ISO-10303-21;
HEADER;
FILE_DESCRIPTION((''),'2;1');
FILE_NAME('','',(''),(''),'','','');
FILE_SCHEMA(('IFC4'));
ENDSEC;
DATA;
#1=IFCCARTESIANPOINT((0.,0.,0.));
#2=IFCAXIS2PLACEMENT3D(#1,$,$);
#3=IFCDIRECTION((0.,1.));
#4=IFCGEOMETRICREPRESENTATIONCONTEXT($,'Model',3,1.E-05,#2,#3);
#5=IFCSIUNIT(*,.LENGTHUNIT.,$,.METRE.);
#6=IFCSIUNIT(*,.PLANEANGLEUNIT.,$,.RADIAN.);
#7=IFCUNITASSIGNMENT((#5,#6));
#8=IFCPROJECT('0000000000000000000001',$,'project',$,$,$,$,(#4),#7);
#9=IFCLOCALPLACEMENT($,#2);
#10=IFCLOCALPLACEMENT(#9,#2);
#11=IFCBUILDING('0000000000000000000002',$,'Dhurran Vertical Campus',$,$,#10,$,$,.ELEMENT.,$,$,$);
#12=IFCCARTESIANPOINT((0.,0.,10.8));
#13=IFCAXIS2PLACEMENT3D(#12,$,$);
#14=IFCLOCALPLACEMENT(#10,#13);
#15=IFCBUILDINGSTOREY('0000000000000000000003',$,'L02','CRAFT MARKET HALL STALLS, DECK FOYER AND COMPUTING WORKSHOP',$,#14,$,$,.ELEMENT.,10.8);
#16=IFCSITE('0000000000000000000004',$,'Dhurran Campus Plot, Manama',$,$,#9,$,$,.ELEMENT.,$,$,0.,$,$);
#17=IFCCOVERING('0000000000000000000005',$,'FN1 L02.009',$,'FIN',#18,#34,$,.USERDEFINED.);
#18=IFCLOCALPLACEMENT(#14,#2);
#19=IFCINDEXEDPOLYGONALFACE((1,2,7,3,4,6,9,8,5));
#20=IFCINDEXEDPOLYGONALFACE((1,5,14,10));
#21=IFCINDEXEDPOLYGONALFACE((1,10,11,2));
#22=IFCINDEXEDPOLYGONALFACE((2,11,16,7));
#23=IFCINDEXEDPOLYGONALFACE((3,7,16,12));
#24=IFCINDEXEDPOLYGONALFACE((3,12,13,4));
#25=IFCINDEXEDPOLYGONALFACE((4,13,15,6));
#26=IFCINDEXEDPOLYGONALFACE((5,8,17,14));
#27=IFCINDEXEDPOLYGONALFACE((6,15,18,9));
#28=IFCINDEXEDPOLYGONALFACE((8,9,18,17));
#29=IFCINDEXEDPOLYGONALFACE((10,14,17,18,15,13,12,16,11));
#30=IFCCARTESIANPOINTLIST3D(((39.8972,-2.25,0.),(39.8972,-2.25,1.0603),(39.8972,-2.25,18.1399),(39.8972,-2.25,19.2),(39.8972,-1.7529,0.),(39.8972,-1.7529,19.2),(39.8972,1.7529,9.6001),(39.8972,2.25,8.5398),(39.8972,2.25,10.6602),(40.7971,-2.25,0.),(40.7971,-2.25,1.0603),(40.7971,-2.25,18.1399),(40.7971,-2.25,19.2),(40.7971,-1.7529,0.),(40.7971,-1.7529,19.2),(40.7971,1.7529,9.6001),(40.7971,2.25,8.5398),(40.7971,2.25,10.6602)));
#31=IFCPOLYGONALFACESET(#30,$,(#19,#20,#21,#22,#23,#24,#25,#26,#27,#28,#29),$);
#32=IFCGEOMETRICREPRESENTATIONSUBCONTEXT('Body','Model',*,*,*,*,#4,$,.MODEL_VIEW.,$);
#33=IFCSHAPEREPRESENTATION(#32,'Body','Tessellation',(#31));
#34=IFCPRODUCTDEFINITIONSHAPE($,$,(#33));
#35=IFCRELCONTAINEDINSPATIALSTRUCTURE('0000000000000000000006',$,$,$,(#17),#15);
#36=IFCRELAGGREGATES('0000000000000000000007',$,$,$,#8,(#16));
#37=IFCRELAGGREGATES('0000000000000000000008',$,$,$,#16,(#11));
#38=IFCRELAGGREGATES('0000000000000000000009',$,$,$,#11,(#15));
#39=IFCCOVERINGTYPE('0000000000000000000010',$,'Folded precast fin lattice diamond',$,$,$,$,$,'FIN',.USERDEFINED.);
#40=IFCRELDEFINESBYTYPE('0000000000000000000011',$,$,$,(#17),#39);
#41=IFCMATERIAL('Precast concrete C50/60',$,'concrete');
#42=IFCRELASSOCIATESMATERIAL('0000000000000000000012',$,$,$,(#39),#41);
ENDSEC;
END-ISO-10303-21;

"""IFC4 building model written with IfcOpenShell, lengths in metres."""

from ifc_helpers import new_model, si_unit, direction, frame, origin, place, context, subcontext, project, spatial, polyline, outline, extrude, material, type_object, element, save


model = new_model("IFC4")

# Units and contexts
model_context = context("Model", 3, precision=1e-05, world=origin(), true_north=direction((0.0, 1.0)))
body_context = subcontext(model_context, "Body", "Model", "MODEL_VIEW")
ifc_project = project(units=[si_unit("LENGTHUNIT", "METRE"), si_unit("PLANEANGLEUNIT", "RADIAN")], contexts=[model_context])

# Site, building, storey
site_placement = place(None, origin())
site = spatial("IfcSite", under=ifc_project, at=site_placement, Name="Dhurran Campus Plot, Manama", CompositionType="ELEMENT", RefElevation=0.0)
building_placement = place(site_placement, origin())
building = spatial("IfcBuilding", under=site, at=building_placement, Name="Dhurran Vertical Campus", CompositionType="ELEMENT")
storey_placement = place(building_placement, frame((0.0, 0.0, 10.8)))
storey = spatial("IfcBuildingStorey", under=building, at=storey_placement, Name="L02", Description="CRAFT MARKET HALL STALLS, DECK FOYER AND COMPUTING WORKSHOP", CompositionType="ELEMENT", Elevation=10.8)

# Covering
ifc_material_1 = material(Name="Precast concrete C50/60", Category="concrete")
covering_type = type_object("IfcCoveringType", Name="Folded precast fin lattice diamond", ElementType="FIN", PredefinedType="USERDEFINED", material=ifc_material_1)
covering_1_placement = place(storey_placement, frame((39.8972, -2.25, 0.0), z_axis=(1.0, 0.0, 0.0), x_axis=(0.0, 1.0, 0.0)))
element("IfcCovering", 1, at=covering_1_placement, inside=storey, type_object=covering_type, Name="FN1 L02.009", ObjectType="FIN", PredefinedType="USERDEFINED", context=body_context, shape_type="SweptSolid", body=[
    extrude(outline(polyline([(4.5, 8.5398), (0.4971, 0.0), (0.0, 0.0), (0.0, 1.0603), (4.0029, 9.6001), (0.0, 18.1399), (0.0, 19.2), (0.4971, 19.2), (4.5, 10.6602), (4.5, 8.5398)])), origin(), (0.0, 0.0, 1.0), 0.8999),
])

save(model, "model.ifc")
